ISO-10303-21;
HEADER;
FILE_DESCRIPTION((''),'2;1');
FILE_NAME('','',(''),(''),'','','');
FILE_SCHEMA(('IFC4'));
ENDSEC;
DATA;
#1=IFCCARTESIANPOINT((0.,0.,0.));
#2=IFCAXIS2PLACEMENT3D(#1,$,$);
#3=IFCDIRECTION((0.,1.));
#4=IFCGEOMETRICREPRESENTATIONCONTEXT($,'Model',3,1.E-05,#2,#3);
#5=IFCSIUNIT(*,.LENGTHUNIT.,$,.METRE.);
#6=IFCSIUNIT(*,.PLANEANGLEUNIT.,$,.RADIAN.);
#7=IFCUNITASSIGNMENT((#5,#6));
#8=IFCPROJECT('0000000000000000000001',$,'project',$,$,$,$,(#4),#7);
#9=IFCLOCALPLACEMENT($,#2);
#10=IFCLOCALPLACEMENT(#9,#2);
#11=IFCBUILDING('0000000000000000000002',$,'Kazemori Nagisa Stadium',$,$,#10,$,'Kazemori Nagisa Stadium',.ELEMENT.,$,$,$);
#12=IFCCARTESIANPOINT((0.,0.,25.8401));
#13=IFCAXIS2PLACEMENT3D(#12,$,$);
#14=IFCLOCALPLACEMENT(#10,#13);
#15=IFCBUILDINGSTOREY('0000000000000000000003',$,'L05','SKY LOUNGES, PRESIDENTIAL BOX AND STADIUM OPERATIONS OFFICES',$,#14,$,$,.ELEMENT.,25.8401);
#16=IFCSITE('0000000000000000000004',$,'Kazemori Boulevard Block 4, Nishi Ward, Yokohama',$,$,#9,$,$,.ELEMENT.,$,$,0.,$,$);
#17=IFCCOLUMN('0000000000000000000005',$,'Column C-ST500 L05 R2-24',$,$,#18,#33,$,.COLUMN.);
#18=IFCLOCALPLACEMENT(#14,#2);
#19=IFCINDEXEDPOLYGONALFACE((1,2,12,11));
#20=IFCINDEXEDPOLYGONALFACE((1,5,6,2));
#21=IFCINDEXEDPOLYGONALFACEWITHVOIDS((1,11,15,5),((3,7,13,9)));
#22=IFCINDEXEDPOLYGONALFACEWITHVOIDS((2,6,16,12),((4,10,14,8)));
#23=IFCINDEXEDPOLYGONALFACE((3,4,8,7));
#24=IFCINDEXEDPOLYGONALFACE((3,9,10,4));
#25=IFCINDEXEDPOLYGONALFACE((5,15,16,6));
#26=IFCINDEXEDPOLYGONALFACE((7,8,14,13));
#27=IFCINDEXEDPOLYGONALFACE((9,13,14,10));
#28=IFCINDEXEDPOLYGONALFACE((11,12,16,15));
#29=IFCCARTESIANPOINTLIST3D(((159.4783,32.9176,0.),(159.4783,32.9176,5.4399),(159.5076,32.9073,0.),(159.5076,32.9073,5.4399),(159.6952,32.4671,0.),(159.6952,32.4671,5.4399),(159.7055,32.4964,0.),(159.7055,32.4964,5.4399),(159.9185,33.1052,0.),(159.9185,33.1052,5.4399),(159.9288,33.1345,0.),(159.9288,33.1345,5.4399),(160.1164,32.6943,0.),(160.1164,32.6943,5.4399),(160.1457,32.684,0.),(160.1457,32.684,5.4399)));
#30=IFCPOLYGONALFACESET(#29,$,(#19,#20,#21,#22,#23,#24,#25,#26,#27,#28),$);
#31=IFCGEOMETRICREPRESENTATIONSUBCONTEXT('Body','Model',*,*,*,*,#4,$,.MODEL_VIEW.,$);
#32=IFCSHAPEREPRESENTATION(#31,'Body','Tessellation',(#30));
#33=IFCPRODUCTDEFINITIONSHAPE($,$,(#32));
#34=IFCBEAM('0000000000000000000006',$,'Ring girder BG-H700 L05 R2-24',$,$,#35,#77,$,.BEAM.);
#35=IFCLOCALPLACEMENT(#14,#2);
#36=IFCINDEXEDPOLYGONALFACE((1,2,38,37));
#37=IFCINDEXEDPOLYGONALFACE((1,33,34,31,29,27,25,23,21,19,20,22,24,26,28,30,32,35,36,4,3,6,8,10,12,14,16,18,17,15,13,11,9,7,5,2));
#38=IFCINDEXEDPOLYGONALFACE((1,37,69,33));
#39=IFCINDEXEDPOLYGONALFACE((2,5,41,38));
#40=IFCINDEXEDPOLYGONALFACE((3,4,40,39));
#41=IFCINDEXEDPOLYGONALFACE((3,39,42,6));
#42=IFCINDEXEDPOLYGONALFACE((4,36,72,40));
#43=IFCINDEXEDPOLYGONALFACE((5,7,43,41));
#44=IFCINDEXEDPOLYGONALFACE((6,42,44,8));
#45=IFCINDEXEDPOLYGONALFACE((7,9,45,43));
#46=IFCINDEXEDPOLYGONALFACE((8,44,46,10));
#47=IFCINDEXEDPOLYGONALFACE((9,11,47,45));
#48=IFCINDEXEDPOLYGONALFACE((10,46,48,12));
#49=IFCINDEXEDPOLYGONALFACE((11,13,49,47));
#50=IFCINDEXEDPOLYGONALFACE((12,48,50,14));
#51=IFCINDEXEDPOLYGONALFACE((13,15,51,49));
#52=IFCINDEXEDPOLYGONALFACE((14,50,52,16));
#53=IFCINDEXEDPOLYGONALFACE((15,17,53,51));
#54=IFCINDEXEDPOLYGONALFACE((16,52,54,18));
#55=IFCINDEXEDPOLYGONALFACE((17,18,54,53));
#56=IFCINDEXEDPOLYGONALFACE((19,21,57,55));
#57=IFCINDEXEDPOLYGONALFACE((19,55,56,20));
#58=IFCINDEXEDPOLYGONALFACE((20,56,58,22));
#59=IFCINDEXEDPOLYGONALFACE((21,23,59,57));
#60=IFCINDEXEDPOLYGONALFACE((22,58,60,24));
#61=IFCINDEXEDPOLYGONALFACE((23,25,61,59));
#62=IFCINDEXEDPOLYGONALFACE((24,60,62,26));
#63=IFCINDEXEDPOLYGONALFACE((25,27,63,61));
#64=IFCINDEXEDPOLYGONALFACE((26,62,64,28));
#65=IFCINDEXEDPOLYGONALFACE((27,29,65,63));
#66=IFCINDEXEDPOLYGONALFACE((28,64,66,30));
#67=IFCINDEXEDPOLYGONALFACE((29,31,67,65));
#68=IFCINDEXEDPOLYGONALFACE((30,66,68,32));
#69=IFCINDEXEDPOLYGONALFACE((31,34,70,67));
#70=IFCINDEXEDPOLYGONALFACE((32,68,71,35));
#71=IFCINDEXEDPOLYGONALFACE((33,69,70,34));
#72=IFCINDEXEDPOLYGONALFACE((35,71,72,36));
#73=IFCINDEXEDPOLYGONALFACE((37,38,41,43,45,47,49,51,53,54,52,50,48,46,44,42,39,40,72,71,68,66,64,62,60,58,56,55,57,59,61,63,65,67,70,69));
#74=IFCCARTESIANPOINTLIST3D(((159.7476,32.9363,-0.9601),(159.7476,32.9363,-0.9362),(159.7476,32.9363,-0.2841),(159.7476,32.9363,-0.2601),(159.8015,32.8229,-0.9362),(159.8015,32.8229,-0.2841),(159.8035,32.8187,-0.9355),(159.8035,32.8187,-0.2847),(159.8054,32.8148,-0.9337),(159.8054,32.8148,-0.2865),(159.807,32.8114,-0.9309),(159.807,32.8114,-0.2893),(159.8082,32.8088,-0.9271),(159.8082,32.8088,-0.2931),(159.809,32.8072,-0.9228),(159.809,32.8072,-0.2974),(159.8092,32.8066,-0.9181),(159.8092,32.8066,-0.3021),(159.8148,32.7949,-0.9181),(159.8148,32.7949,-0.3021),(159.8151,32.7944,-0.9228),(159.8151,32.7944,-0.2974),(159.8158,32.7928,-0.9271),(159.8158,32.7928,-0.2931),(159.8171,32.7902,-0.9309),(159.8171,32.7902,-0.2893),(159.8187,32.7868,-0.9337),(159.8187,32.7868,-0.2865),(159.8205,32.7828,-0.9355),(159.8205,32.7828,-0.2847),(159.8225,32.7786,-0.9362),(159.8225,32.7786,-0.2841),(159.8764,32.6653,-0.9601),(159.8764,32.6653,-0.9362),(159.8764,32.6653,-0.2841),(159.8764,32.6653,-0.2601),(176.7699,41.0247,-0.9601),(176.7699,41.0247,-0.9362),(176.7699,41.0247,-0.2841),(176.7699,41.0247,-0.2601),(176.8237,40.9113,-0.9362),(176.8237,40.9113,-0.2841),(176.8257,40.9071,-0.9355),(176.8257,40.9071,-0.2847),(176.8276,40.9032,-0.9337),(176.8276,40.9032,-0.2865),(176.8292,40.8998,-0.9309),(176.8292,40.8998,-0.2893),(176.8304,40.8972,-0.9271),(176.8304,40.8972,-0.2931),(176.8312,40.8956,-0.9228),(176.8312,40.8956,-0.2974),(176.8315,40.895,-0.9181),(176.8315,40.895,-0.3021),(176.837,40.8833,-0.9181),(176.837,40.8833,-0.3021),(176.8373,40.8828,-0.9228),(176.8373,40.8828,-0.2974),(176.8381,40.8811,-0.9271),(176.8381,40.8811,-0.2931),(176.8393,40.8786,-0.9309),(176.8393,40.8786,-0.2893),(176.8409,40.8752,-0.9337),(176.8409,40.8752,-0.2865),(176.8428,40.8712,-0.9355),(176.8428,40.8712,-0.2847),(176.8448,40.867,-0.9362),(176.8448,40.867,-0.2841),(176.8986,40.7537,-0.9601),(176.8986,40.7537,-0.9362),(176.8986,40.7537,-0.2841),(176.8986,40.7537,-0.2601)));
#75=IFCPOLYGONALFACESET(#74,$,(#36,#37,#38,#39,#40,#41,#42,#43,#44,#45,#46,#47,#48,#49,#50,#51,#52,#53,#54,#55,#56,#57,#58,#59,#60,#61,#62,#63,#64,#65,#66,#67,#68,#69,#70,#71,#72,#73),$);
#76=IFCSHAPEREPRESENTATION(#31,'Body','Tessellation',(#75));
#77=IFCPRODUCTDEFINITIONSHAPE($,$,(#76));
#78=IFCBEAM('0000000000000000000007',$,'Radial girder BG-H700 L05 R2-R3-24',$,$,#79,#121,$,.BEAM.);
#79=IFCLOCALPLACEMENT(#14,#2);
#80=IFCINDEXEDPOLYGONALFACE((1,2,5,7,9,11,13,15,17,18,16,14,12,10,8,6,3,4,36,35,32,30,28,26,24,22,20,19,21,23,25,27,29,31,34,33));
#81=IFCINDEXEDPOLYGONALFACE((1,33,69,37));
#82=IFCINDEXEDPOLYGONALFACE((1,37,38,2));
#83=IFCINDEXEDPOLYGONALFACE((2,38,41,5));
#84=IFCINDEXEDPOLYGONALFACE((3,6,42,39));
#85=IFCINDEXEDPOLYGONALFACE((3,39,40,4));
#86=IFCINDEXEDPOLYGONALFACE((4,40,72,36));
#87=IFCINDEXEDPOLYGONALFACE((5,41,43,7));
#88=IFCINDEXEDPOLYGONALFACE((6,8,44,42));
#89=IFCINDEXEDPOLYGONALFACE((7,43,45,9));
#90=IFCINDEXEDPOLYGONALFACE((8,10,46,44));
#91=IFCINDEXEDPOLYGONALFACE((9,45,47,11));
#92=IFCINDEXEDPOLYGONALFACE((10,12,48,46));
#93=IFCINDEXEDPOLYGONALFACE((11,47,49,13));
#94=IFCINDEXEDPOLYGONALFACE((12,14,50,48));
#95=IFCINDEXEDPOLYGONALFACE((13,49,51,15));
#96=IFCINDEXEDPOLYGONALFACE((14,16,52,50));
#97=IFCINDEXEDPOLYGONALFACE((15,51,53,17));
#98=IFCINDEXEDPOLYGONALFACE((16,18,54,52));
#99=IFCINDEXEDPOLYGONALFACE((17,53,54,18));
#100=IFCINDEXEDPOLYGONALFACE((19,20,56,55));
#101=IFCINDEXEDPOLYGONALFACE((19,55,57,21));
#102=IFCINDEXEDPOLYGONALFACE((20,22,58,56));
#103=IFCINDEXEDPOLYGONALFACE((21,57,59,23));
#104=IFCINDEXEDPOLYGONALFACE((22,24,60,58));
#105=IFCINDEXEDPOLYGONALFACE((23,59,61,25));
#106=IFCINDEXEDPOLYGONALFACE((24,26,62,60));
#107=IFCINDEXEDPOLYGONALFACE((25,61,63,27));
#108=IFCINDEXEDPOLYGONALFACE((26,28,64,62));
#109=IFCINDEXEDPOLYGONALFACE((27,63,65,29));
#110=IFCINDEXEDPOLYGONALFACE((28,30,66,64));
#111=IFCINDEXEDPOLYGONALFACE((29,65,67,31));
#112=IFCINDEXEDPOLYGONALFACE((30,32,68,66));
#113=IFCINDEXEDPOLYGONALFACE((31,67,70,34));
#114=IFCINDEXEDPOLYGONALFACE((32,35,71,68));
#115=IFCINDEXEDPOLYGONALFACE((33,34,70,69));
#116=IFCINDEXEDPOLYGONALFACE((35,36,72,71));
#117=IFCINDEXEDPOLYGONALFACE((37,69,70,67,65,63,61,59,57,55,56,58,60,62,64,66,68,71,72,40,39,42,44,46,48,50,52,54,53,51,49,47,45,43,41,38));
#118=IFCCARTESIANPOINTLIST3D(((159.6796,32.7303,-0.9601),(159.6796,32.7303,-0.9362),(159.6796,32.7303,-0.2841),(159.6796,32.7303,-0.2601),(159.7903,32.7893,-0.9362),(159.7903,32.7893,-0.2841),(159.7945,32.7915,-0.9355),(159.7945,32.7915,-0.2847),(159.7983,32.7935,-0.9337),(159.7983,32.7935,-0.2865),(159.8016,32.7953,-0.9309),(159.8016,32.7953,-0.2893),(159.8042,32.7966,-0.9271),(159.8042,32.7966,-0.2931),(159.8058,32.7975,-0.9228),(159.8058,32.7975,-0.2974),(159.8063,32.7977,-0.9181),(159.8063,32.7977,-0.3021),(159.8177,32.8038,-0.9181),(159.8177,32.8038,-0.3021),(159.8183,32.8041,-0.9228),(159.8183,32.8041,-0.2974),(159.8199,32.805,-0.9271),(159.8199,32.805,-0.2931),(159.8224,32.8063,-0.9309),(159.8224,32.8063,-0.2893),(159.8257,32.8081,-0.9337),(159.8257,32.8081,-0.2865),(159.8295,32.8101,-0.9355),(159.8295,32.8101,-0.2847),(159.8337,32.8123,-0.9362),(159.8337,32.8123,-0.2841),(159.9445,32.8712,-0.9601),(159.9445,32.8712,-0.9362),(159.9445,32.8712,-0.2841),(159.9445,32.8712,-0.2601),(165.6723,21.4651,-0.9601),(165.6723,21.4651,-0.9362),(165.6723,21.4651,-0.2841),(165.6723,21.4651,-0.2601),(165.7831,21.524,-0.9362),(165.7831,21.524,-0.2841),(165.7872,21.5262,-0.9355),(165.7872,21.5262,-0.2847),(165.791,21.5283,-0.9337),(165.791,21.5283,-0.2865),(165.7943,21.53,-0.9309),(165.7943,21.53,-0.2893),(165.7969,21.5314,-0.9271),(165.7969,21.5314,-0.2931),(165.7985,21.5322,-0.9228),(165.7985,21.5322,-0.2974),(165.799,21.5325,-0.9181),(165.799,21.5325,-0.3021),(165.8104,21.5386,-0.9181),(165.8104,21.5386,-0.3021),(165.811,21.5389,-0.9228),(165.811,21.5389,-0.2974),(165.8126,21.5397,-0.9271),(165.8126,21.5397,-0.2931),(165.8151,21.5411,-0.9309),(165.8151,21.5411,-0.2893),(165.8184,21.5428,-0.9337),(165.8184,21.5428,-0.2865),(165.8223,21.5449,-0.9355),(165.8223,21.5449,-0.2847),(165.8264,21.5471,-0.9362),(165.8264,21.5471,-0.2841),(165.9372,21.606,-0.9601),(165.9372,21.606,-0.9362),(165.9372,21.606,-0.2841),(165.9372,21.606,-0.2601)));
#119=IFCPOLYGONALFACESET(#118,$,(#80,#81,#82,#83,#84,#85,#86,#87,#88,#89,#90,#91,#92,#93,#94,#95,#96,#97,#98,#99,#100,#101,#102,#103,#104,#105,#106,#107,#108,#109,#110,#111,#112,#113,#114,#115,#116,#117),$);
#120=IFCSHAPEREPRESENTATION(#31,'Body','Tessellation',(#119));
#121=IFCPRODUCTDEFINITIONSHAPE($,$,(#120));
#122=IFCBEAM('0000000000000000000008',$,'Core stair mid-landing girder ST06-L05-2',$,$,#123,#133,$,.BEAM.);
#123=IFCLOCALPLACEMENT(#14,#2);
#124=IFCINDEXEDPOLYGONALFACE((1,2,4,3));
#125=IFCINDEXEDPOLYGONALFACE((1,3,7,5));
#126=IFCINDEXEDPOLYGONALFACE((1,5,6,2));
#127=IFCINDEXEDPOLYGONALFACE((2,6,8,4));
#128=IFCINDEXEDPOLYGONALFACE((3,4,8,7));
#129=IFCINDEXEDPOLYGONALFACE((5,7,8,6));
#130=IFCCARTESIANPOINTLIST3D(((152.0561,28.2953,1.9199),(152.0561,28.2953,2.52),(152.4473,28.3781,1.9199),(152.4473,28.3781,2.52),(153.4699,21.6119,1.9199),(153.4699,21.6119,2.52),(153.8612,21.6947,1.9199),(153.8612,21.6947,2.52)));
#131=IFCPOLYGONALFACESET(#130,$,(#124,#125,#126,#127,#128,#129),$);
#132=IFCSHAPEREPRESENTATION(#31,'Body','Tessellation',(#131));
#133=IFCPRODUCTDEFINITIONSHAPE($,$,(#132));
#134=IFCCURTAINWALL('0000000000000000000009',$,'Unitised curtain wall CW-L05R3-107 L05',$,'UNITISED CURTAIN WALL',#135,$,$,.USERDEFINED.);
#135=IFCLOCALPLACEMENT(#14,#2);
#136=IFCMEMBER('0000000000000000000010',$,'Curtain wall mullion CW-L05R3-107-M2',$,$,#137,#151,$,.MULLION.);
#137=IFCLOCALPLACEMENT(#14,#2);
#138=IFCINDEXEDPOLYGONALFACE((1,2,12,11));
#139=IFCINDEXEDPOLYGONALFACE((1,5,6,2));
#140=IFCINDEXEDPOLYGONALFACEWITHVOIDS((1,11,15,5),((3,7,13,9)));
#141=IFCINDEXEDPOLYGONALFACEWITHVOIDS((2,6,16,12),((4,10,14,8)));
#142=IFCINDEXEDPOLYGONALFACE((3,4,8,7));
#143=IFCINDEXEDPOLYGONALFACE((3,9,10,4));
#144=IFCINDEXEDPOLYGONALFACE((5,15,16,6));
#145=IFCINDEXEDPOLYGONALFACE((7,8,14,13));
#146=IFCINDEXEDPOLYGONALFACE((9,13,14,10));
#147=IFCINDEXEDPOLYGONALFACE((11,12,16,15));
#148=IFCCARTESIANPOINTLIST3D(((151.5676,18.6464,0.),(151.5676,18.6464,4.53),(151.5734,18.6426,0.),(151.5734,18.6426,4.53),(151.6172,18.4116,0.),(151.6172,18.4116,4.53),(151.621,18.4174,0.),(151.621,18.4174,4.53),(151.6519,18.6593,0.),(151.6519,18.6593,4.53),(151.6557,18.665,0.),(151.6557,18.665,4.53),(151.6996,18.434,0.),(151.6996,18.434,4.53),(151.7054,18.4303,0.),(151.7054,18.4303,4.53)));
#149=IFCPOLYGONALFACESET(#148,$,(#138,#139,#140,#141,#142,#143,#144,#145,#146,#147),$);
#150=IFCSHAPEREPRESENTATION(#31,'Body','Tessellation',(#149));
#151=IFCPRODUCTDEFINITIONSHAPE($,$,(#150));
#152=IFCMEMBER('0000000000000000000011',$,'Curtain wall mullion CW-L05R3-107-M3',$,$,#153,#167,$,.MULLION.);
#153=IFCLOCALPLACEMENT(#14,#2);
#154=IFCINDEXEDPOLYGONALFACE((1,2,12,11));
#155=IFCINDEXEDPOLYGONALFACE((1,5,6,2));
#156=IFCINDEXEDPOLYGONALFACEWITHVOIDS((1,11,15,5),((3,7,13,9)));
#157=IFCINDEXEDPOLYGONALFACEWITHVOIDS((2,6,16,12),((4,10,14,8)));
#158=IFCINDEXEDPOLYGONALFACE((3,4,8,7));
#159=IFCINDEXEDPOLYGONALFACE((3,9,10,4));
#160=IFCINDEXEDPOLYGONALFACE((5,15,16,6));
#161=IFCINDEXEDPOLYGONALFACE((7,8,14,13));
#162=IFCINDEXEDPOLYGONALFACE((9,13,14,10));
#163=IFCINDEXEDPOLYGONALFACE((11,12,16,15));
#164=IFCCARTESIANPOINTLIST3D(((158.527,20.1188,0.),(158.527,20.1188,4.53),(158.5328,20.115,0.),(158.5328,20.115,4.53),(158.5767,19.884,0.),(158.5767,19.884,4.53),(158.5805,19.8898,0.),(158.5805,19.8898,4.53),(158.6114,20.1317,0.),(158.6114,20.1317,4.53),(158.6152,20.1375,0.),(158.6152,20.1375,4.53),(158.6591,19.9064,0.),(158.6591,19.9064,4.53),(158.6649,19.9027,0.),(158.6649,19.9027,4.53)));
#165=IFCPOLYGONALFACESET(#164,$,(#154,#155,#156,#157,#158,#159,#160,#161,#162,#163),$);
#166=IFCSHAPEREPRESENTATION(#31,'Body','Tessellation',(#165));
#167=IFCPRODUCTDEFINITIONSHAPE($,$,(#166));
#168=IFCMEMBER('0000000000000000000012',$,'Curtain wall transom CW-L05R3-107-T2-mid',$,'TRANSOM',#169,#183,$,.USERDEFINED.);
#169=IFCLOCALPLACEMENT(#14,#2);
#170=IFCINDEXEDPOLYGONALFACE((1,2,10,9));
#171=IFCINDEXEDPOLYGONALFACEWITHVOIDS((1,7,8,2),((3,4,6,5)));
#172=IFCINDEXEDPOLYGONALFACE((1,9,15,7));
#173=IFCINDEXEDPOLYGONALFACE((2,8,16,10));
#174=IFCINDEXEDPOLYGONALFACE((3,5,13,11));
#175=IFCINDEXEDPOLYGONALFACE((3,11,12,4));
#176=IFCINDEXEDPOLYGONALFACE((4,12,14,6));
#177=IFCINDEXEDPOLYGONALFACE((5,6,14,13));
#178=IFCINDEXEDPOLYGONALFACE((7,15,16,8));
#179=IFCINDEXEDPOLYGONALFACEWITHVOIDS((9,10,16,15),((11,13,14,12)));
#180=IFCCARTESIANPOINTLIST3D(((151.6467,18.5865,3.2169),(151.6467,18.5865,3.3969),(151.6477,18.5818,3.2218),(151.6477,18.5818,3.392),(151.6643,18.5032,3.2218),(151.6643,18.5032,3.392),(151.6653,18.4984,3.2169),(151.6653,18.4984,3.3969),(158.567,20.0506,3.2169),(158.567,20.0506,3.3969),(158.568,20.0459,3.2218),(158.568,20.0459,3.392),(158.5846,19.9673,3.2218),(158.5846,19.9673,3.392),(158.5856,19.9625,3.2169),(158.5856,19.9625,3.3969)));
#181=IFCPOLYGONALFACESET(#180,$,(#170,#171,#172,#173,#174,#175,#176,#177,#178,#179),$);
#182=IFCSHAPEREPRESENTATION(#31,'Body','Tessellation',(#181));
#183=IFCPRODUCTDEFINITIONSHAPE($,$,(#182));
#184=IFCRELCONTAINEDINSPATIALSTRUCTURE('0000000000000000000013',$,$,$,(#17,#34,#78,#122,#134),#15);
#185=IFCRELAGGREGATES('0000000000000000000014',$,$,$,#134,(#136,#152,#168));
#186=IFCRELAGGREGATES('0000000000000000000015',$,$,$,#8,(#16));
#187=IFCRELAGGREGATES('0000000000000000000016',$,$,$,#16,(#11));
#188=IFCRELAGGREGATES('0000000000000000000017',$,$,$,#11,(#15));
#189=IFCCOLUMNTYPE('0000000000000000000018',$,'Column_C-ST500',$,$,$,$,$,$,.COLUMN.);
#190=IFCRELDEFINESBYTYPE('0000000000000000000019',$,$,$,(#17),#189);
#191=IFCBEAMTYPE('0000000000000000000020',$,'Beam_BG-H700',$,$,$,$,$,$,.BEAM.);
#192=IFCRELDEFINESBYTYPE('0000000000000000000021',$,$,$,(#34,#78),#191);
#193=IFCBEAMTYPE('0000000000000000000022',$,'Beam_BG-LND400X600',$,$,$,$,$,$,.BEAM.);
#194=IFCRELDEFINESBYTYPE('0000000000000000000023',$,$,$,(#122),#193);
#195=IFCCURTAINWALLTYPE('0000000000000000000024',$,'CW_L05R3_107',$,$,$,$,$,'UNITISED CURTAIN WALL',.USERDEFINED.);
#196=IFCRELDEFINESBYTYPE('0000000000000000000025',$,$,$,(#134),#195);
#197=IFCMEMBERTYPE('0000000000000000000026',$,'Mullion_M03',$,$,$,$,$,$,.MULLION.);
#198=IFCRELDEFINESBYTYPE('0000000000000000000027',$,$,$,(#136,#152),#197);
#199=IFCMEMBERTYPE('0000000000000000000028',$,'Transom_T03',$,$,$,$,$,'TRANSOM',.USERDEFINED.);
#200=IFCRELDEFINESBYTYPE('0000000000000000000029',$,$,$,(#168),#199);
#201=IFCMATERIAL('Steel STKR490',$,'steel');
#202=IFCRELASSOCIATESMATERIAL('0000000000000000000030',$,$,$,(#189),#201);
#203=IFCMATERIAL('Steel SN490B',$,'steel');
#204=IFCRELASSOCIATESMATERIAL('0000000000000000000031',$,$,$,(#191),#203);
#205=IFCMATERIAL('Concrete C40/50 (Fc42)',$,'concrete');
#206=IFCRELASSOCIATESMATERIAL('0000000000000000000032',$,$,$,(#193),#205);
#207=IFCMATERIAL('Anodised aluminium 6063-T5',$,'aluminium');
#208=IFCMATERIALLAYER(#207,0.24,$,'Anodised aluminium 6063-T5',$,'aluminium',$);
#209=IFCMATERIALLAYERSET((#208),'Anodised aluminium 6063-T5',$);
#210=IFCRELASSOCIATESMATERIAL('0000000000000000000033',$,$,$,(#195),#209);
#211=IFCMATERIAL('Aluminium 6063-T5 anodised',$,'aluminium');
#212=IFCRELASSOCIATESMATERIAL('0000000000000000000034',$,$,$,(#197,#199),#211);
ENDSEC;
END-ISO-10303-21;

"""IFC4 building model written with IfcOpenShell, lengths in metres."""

from ifc_helpers import new_model, si_unit, direction, frame, origin, origin_2d, place, context, subcontext, project, spatial, rectangle, hollow_rectangle, i_section, extrude, material, layer, layer_set, material_profile, profile_set, type_object, element, aggregate, save


model = new_model("IFC4")

# Units and contexts
model_context = context("Model", 3, precision=1e-05, world=origin(), true_north=direction((0.0, 1.0)))
body_context = subcontext(model_context, "Body", "Model", "MODEL_VIEW")
ifc_project = project(units=[si_unit("LENGTHUNIT", "METRE"), si_unit("PLANEANGLEUNIT", "RADIAN")], contexts=[model_context])

# Site, building, storey
site_placement = place(None, origin())
site = spatial("IfcSite", under=ifc_project, at=site_placement, Name="Kazemori Boulevard Block 4, Nishi Ward, Yokohama", CompositionType="ELEMENT", RefElevation=0.0)
building_placement = place(site_placement, origin())
building = spatial("IfcBuilding", under=site, at=building_placement, Name="Kazemori Nagisa Stadium", LongName="Kazemori Nagisa Stadium", CompositionType="ELEMENT")
storey_placement = place(building_placement, frame((0.0, 0.0, 25.8401)))
storey = spatial("IfcBuildingStorey", under=building, at=storey_placement, Name="L05", Description="SKY LOUNGES, PRESIDENTIAL BOX AND STADIUM OPERATIONS OFFICES", CompositionType="ELEMENT", Elevation=25.8401)

# Column
ifc_material_1 = material(Name="Steel STKR490", Category="steel")
ifc_material_profile_1 = material_profile(ifc_material_1, hollow_rectangle(XDim=0.5, YDim=0.5, WallThickness=0.022, at=origin_2d()), Name="SHS-500x500x22")
ifc_profile_set_1 = profile_set([ifc_material_profile_1], Name="Steel STKR490")
column_type = type_object("IfcColumnType", Name="Column_C-ST500", PredefinedType="COLUMN", material=ifc_profile_set_1)
column_placement = place(storey_placement, frame((159.812, 32.8008, 0.0), z_axis=(0.0, 0.0, 1.0), x_axis=(0.433884, -0.900969, 0.0)))
element("IfcColumn", 1, at=column_placement, inside=storey, type_object=column_type, Name="Column C-ST500 L05 R2-24", PredefinedType="COLUMN", context=body_context, shape_type="SweptSolid", body=[
    extrude(hollow_rectangle(XDim=0.5, YDim=0.5, WallThickness=0.022, at=origin_2d()), origin(), (0.0, 0.0, 1.0), 5.4399),
])

# Beams
ifc_material_2 = material(Name="Steel SN490B", Category="steel")
ifc_material_profile_2 = material_profile(ifc_material_2, i_section(OverallWidth=0.3, OverallDepth=0.7, WebThickness=0.0129, FlangeThickness=0.0239, FilletRadius=0.0181, at=origin_2d()), Name="H-700x300x13x24")
ifc_profile_set_2 = profile_set([ifc_material_profile_2], Name="Steel SN490B")
beam_type_1 = type_object("IfcBeamType", Name="Beam_BG-H700", PredefinedType="BEAM", material=ifc_profile_set_2)
beam_1_placement = place(storey_placement, frame((159.812, 32.8008, -0.6101), z_axis=(0.903219, 0.429179, 0.0), x_axis=(-0.429179, 0.903219, 0.0)))
element("IfcBeam", 2, at=beam_1_placement, inside=storey, type_object=beam_type_1, Name="Ring girder BG-H700 L05 R2-24", PredefinedType="BEAM", context=body_context, shape_type="SweptSolid", body=[
    extrude(i_section(OverallWidth=0.3, OverallDepth=0.7, WebThickness=0.0129, FlangeThickness=0.0239, FilletRadius=0.0181, at=origin_2d()), origin(), (0.0, 0.0, 1.0), 18.8462),
])
beam_2_placement = place(storey_placement, frame((159.812, 32.8008, -0.6101), z_axis=(0.469649, -0.882853, 0.0), x_axis=(0.882853, 0.469649, 0.0)))
element("IfcBeam", 3, at=beam_2_placement, inside=storey, type_object=beam_type_1, Name="Radial girder BG-H700 L05 R2-R3-24", PredefinedType="BEAM", context=body_context, shape_type="SweptSolid", body=[
    extrude(i_section(OverallWidth=0.3, OverallDepth=0.7, WebThickness=0.0129, FlangeThickness=0.0239, FilletRadius=0.0181, at=origin_2d()), origin(), (0.0, 0.0, 1.0), 12.76),
])
ifc_material_3 = material(Name="Concrete C40/50 (Fc42)", Category="concrete")
ifc_material_profile_3 = material_profile(ifc_material_3, rectangle(XDim=0.3999, YDim=0.6001, at=origin_2d()), Name="RC-BM-400x600")
ifc_profile_set_3 = profile_set([ifc_material_profile_3], Name="Concrete C40/50 (Fc42)")
beam_type_2 = type_object("IfcBeamType", Name="Beam_BG-LND400X600", PredefinedType="BEAM", material=ifc_profile_set_3)
beam_3_placement = place(storey_placement, frame((152.2517, 28.3367, 2.22), z_axis=(0.206963, -0.978349, 0.0), x_axis=(0.978349, 0.206963, 0.0)))
element("IfcBeam", 4, at=beam_3_placement, inside=storey, type_object=beam_type_2, Name="Core stair mid-landing girder ST06-L05-2", PredefinedType="BEAM", context=body_context, shape_type="SweptSolid", body=[
    extrude(rectangle(XDim=0.3999, YDim=0.6001, at=origin_2d()), origin(), (0.0, 0.0, 1.0), 6.8313),
])

# Curtain wall, members
ifc_material_4 = material(Name="Anodised aluminium 6063-T5", Category="aluminium")
ifc_layer_1 = layer(ifc_material_4, 0.24, Name="Anodised aluminium 6063-T5", Category="aluminium")
ifc_layer_set_1 = layer_set([ifc_layer_1], Name="Anodised aluminium 6063-T5")
curtain_wall_type = type_object("IfcCurtainWallType", Name="CW_L05R3_107", ElementType="UNITISED CURTAIN WALL", PredefinedType="USERDEFINED", material=ifc_layer_set_1)
curtain_wall_placement = place(storey_placement, origin())
curtain_wall = element("IfcCurtainWall", 5, at=curtain_wall_placement, inside=storey, type_object=curtain_wall_type, Name="Unitised curtain wall CW-L05R3-107 L05", ObjectType="UNITISED CURTAIN WALL", PredefinedType="USERDEFINED")
ifc_material_5 = material(Name="Aluminium 6063-T5 anodised", Category="aluminium")
ifc_material_profile_4 = material_profile(ifc_material_5, hollow_rectangle(XDim=0.0901, YDim=0.24, WallThickness=0.0049, at=origin_2d()), Name="ALU-MULL-90x240x5")
ifc_profile_set_4 = profile_set([ifc_material_profile_4], Name="Aluminium 6063-T5 anodised")
member_type_1 = type_object("IfcMemberType", Name="Mullion_M03", PredefinedType="MULLION", material=ifc_profile_set_4)
member_1_placement = place(storey_placement, frame((151.6365, 18.5383, 0.0), z_axis=(0.0, 0.0, 1.0), x_axis=(0.978345, 0.206981, 0.0)))
member_1 = element("IfcMember", 6, at=member_1_placement, type_object=member_type_1, Name="Curtain wall mullion CW-L05R3-107-M2", PredefinedType="MULLION", context=body_context, shape_type="SweptSolid", body=[
    extrude(hollow_rectangle(XDim=0.0901, YDim=0.24, WallThickness=0.0049, at=origin_2d()), origin(), (0.0, 0.0, 1.0), 4.53),
])
member_2_placement = place(storey_placement, frame((158.5959, 20.0107, 0.0), z_axis=(0.0, 0.0, 1.0), x_axis=(0.978345, 0.206981, 0.0)))
member_2 = element("IfcMember", 7, at=member_2_placement, type_object=member_type_1, Name="Curtain wall mullion CW-L05R3-107-M3", PredefinedType="MULLION", context=body_context, shape_type="SweptSolid", body=[
    extrude(hollow_rectangle(XDim=0.0901, YDim=0.24, WallThickness=0.0049, at=origin_2d()), origin(), (0.0, 0.0, 1.0), 4.53),
])
ifc_material_profile_5 = material_profile(ifc_material_5, hollow_rectangle(XDim=0.0901, YDim=0.1799, WallThickness=0.0049, at=origin_2d()), Name="ALU-TRAN-90x180x5")
ifc_profile_set_5 = profile_set([ifc_material_profile_5], Name="Aluminium 6063-T5 anodised")
member_type_2 = type_object("IfcMemberType", Name="Transom_T03", ElementType="TRANSOM", PredefinedType="USERDEFINED", material=ifc_profile_set_5)
member_3_placement = place(storey_placement, frame((151.656, 18.5425, 3.3069), z_axis=(0.978345, 0.206983, 0.0), x_axis=(-0.206983, 0.978345, 0.0)))
member_3 = element("IfcMember", 8, at=member_3_placement, type_object=member_type_2, Name="Curtain wall transom CW-L05R3-107-T2-mid", ObjectType="TRANSOM", PredefinedType="USERDEFINED", context=body_context, shape_type="SweptSolid", body=[
    extrude(hollow_rectangle(XDim=0.0901, YDim=0.1799, WallThickness=0.0049, at=origin_2d()), origin(), (0.0, 0.0, 1.0), 7.0735),
])
aggregate(curtain_wall, [member_1, member_2, member_3])

save(model, "model.ifc")
